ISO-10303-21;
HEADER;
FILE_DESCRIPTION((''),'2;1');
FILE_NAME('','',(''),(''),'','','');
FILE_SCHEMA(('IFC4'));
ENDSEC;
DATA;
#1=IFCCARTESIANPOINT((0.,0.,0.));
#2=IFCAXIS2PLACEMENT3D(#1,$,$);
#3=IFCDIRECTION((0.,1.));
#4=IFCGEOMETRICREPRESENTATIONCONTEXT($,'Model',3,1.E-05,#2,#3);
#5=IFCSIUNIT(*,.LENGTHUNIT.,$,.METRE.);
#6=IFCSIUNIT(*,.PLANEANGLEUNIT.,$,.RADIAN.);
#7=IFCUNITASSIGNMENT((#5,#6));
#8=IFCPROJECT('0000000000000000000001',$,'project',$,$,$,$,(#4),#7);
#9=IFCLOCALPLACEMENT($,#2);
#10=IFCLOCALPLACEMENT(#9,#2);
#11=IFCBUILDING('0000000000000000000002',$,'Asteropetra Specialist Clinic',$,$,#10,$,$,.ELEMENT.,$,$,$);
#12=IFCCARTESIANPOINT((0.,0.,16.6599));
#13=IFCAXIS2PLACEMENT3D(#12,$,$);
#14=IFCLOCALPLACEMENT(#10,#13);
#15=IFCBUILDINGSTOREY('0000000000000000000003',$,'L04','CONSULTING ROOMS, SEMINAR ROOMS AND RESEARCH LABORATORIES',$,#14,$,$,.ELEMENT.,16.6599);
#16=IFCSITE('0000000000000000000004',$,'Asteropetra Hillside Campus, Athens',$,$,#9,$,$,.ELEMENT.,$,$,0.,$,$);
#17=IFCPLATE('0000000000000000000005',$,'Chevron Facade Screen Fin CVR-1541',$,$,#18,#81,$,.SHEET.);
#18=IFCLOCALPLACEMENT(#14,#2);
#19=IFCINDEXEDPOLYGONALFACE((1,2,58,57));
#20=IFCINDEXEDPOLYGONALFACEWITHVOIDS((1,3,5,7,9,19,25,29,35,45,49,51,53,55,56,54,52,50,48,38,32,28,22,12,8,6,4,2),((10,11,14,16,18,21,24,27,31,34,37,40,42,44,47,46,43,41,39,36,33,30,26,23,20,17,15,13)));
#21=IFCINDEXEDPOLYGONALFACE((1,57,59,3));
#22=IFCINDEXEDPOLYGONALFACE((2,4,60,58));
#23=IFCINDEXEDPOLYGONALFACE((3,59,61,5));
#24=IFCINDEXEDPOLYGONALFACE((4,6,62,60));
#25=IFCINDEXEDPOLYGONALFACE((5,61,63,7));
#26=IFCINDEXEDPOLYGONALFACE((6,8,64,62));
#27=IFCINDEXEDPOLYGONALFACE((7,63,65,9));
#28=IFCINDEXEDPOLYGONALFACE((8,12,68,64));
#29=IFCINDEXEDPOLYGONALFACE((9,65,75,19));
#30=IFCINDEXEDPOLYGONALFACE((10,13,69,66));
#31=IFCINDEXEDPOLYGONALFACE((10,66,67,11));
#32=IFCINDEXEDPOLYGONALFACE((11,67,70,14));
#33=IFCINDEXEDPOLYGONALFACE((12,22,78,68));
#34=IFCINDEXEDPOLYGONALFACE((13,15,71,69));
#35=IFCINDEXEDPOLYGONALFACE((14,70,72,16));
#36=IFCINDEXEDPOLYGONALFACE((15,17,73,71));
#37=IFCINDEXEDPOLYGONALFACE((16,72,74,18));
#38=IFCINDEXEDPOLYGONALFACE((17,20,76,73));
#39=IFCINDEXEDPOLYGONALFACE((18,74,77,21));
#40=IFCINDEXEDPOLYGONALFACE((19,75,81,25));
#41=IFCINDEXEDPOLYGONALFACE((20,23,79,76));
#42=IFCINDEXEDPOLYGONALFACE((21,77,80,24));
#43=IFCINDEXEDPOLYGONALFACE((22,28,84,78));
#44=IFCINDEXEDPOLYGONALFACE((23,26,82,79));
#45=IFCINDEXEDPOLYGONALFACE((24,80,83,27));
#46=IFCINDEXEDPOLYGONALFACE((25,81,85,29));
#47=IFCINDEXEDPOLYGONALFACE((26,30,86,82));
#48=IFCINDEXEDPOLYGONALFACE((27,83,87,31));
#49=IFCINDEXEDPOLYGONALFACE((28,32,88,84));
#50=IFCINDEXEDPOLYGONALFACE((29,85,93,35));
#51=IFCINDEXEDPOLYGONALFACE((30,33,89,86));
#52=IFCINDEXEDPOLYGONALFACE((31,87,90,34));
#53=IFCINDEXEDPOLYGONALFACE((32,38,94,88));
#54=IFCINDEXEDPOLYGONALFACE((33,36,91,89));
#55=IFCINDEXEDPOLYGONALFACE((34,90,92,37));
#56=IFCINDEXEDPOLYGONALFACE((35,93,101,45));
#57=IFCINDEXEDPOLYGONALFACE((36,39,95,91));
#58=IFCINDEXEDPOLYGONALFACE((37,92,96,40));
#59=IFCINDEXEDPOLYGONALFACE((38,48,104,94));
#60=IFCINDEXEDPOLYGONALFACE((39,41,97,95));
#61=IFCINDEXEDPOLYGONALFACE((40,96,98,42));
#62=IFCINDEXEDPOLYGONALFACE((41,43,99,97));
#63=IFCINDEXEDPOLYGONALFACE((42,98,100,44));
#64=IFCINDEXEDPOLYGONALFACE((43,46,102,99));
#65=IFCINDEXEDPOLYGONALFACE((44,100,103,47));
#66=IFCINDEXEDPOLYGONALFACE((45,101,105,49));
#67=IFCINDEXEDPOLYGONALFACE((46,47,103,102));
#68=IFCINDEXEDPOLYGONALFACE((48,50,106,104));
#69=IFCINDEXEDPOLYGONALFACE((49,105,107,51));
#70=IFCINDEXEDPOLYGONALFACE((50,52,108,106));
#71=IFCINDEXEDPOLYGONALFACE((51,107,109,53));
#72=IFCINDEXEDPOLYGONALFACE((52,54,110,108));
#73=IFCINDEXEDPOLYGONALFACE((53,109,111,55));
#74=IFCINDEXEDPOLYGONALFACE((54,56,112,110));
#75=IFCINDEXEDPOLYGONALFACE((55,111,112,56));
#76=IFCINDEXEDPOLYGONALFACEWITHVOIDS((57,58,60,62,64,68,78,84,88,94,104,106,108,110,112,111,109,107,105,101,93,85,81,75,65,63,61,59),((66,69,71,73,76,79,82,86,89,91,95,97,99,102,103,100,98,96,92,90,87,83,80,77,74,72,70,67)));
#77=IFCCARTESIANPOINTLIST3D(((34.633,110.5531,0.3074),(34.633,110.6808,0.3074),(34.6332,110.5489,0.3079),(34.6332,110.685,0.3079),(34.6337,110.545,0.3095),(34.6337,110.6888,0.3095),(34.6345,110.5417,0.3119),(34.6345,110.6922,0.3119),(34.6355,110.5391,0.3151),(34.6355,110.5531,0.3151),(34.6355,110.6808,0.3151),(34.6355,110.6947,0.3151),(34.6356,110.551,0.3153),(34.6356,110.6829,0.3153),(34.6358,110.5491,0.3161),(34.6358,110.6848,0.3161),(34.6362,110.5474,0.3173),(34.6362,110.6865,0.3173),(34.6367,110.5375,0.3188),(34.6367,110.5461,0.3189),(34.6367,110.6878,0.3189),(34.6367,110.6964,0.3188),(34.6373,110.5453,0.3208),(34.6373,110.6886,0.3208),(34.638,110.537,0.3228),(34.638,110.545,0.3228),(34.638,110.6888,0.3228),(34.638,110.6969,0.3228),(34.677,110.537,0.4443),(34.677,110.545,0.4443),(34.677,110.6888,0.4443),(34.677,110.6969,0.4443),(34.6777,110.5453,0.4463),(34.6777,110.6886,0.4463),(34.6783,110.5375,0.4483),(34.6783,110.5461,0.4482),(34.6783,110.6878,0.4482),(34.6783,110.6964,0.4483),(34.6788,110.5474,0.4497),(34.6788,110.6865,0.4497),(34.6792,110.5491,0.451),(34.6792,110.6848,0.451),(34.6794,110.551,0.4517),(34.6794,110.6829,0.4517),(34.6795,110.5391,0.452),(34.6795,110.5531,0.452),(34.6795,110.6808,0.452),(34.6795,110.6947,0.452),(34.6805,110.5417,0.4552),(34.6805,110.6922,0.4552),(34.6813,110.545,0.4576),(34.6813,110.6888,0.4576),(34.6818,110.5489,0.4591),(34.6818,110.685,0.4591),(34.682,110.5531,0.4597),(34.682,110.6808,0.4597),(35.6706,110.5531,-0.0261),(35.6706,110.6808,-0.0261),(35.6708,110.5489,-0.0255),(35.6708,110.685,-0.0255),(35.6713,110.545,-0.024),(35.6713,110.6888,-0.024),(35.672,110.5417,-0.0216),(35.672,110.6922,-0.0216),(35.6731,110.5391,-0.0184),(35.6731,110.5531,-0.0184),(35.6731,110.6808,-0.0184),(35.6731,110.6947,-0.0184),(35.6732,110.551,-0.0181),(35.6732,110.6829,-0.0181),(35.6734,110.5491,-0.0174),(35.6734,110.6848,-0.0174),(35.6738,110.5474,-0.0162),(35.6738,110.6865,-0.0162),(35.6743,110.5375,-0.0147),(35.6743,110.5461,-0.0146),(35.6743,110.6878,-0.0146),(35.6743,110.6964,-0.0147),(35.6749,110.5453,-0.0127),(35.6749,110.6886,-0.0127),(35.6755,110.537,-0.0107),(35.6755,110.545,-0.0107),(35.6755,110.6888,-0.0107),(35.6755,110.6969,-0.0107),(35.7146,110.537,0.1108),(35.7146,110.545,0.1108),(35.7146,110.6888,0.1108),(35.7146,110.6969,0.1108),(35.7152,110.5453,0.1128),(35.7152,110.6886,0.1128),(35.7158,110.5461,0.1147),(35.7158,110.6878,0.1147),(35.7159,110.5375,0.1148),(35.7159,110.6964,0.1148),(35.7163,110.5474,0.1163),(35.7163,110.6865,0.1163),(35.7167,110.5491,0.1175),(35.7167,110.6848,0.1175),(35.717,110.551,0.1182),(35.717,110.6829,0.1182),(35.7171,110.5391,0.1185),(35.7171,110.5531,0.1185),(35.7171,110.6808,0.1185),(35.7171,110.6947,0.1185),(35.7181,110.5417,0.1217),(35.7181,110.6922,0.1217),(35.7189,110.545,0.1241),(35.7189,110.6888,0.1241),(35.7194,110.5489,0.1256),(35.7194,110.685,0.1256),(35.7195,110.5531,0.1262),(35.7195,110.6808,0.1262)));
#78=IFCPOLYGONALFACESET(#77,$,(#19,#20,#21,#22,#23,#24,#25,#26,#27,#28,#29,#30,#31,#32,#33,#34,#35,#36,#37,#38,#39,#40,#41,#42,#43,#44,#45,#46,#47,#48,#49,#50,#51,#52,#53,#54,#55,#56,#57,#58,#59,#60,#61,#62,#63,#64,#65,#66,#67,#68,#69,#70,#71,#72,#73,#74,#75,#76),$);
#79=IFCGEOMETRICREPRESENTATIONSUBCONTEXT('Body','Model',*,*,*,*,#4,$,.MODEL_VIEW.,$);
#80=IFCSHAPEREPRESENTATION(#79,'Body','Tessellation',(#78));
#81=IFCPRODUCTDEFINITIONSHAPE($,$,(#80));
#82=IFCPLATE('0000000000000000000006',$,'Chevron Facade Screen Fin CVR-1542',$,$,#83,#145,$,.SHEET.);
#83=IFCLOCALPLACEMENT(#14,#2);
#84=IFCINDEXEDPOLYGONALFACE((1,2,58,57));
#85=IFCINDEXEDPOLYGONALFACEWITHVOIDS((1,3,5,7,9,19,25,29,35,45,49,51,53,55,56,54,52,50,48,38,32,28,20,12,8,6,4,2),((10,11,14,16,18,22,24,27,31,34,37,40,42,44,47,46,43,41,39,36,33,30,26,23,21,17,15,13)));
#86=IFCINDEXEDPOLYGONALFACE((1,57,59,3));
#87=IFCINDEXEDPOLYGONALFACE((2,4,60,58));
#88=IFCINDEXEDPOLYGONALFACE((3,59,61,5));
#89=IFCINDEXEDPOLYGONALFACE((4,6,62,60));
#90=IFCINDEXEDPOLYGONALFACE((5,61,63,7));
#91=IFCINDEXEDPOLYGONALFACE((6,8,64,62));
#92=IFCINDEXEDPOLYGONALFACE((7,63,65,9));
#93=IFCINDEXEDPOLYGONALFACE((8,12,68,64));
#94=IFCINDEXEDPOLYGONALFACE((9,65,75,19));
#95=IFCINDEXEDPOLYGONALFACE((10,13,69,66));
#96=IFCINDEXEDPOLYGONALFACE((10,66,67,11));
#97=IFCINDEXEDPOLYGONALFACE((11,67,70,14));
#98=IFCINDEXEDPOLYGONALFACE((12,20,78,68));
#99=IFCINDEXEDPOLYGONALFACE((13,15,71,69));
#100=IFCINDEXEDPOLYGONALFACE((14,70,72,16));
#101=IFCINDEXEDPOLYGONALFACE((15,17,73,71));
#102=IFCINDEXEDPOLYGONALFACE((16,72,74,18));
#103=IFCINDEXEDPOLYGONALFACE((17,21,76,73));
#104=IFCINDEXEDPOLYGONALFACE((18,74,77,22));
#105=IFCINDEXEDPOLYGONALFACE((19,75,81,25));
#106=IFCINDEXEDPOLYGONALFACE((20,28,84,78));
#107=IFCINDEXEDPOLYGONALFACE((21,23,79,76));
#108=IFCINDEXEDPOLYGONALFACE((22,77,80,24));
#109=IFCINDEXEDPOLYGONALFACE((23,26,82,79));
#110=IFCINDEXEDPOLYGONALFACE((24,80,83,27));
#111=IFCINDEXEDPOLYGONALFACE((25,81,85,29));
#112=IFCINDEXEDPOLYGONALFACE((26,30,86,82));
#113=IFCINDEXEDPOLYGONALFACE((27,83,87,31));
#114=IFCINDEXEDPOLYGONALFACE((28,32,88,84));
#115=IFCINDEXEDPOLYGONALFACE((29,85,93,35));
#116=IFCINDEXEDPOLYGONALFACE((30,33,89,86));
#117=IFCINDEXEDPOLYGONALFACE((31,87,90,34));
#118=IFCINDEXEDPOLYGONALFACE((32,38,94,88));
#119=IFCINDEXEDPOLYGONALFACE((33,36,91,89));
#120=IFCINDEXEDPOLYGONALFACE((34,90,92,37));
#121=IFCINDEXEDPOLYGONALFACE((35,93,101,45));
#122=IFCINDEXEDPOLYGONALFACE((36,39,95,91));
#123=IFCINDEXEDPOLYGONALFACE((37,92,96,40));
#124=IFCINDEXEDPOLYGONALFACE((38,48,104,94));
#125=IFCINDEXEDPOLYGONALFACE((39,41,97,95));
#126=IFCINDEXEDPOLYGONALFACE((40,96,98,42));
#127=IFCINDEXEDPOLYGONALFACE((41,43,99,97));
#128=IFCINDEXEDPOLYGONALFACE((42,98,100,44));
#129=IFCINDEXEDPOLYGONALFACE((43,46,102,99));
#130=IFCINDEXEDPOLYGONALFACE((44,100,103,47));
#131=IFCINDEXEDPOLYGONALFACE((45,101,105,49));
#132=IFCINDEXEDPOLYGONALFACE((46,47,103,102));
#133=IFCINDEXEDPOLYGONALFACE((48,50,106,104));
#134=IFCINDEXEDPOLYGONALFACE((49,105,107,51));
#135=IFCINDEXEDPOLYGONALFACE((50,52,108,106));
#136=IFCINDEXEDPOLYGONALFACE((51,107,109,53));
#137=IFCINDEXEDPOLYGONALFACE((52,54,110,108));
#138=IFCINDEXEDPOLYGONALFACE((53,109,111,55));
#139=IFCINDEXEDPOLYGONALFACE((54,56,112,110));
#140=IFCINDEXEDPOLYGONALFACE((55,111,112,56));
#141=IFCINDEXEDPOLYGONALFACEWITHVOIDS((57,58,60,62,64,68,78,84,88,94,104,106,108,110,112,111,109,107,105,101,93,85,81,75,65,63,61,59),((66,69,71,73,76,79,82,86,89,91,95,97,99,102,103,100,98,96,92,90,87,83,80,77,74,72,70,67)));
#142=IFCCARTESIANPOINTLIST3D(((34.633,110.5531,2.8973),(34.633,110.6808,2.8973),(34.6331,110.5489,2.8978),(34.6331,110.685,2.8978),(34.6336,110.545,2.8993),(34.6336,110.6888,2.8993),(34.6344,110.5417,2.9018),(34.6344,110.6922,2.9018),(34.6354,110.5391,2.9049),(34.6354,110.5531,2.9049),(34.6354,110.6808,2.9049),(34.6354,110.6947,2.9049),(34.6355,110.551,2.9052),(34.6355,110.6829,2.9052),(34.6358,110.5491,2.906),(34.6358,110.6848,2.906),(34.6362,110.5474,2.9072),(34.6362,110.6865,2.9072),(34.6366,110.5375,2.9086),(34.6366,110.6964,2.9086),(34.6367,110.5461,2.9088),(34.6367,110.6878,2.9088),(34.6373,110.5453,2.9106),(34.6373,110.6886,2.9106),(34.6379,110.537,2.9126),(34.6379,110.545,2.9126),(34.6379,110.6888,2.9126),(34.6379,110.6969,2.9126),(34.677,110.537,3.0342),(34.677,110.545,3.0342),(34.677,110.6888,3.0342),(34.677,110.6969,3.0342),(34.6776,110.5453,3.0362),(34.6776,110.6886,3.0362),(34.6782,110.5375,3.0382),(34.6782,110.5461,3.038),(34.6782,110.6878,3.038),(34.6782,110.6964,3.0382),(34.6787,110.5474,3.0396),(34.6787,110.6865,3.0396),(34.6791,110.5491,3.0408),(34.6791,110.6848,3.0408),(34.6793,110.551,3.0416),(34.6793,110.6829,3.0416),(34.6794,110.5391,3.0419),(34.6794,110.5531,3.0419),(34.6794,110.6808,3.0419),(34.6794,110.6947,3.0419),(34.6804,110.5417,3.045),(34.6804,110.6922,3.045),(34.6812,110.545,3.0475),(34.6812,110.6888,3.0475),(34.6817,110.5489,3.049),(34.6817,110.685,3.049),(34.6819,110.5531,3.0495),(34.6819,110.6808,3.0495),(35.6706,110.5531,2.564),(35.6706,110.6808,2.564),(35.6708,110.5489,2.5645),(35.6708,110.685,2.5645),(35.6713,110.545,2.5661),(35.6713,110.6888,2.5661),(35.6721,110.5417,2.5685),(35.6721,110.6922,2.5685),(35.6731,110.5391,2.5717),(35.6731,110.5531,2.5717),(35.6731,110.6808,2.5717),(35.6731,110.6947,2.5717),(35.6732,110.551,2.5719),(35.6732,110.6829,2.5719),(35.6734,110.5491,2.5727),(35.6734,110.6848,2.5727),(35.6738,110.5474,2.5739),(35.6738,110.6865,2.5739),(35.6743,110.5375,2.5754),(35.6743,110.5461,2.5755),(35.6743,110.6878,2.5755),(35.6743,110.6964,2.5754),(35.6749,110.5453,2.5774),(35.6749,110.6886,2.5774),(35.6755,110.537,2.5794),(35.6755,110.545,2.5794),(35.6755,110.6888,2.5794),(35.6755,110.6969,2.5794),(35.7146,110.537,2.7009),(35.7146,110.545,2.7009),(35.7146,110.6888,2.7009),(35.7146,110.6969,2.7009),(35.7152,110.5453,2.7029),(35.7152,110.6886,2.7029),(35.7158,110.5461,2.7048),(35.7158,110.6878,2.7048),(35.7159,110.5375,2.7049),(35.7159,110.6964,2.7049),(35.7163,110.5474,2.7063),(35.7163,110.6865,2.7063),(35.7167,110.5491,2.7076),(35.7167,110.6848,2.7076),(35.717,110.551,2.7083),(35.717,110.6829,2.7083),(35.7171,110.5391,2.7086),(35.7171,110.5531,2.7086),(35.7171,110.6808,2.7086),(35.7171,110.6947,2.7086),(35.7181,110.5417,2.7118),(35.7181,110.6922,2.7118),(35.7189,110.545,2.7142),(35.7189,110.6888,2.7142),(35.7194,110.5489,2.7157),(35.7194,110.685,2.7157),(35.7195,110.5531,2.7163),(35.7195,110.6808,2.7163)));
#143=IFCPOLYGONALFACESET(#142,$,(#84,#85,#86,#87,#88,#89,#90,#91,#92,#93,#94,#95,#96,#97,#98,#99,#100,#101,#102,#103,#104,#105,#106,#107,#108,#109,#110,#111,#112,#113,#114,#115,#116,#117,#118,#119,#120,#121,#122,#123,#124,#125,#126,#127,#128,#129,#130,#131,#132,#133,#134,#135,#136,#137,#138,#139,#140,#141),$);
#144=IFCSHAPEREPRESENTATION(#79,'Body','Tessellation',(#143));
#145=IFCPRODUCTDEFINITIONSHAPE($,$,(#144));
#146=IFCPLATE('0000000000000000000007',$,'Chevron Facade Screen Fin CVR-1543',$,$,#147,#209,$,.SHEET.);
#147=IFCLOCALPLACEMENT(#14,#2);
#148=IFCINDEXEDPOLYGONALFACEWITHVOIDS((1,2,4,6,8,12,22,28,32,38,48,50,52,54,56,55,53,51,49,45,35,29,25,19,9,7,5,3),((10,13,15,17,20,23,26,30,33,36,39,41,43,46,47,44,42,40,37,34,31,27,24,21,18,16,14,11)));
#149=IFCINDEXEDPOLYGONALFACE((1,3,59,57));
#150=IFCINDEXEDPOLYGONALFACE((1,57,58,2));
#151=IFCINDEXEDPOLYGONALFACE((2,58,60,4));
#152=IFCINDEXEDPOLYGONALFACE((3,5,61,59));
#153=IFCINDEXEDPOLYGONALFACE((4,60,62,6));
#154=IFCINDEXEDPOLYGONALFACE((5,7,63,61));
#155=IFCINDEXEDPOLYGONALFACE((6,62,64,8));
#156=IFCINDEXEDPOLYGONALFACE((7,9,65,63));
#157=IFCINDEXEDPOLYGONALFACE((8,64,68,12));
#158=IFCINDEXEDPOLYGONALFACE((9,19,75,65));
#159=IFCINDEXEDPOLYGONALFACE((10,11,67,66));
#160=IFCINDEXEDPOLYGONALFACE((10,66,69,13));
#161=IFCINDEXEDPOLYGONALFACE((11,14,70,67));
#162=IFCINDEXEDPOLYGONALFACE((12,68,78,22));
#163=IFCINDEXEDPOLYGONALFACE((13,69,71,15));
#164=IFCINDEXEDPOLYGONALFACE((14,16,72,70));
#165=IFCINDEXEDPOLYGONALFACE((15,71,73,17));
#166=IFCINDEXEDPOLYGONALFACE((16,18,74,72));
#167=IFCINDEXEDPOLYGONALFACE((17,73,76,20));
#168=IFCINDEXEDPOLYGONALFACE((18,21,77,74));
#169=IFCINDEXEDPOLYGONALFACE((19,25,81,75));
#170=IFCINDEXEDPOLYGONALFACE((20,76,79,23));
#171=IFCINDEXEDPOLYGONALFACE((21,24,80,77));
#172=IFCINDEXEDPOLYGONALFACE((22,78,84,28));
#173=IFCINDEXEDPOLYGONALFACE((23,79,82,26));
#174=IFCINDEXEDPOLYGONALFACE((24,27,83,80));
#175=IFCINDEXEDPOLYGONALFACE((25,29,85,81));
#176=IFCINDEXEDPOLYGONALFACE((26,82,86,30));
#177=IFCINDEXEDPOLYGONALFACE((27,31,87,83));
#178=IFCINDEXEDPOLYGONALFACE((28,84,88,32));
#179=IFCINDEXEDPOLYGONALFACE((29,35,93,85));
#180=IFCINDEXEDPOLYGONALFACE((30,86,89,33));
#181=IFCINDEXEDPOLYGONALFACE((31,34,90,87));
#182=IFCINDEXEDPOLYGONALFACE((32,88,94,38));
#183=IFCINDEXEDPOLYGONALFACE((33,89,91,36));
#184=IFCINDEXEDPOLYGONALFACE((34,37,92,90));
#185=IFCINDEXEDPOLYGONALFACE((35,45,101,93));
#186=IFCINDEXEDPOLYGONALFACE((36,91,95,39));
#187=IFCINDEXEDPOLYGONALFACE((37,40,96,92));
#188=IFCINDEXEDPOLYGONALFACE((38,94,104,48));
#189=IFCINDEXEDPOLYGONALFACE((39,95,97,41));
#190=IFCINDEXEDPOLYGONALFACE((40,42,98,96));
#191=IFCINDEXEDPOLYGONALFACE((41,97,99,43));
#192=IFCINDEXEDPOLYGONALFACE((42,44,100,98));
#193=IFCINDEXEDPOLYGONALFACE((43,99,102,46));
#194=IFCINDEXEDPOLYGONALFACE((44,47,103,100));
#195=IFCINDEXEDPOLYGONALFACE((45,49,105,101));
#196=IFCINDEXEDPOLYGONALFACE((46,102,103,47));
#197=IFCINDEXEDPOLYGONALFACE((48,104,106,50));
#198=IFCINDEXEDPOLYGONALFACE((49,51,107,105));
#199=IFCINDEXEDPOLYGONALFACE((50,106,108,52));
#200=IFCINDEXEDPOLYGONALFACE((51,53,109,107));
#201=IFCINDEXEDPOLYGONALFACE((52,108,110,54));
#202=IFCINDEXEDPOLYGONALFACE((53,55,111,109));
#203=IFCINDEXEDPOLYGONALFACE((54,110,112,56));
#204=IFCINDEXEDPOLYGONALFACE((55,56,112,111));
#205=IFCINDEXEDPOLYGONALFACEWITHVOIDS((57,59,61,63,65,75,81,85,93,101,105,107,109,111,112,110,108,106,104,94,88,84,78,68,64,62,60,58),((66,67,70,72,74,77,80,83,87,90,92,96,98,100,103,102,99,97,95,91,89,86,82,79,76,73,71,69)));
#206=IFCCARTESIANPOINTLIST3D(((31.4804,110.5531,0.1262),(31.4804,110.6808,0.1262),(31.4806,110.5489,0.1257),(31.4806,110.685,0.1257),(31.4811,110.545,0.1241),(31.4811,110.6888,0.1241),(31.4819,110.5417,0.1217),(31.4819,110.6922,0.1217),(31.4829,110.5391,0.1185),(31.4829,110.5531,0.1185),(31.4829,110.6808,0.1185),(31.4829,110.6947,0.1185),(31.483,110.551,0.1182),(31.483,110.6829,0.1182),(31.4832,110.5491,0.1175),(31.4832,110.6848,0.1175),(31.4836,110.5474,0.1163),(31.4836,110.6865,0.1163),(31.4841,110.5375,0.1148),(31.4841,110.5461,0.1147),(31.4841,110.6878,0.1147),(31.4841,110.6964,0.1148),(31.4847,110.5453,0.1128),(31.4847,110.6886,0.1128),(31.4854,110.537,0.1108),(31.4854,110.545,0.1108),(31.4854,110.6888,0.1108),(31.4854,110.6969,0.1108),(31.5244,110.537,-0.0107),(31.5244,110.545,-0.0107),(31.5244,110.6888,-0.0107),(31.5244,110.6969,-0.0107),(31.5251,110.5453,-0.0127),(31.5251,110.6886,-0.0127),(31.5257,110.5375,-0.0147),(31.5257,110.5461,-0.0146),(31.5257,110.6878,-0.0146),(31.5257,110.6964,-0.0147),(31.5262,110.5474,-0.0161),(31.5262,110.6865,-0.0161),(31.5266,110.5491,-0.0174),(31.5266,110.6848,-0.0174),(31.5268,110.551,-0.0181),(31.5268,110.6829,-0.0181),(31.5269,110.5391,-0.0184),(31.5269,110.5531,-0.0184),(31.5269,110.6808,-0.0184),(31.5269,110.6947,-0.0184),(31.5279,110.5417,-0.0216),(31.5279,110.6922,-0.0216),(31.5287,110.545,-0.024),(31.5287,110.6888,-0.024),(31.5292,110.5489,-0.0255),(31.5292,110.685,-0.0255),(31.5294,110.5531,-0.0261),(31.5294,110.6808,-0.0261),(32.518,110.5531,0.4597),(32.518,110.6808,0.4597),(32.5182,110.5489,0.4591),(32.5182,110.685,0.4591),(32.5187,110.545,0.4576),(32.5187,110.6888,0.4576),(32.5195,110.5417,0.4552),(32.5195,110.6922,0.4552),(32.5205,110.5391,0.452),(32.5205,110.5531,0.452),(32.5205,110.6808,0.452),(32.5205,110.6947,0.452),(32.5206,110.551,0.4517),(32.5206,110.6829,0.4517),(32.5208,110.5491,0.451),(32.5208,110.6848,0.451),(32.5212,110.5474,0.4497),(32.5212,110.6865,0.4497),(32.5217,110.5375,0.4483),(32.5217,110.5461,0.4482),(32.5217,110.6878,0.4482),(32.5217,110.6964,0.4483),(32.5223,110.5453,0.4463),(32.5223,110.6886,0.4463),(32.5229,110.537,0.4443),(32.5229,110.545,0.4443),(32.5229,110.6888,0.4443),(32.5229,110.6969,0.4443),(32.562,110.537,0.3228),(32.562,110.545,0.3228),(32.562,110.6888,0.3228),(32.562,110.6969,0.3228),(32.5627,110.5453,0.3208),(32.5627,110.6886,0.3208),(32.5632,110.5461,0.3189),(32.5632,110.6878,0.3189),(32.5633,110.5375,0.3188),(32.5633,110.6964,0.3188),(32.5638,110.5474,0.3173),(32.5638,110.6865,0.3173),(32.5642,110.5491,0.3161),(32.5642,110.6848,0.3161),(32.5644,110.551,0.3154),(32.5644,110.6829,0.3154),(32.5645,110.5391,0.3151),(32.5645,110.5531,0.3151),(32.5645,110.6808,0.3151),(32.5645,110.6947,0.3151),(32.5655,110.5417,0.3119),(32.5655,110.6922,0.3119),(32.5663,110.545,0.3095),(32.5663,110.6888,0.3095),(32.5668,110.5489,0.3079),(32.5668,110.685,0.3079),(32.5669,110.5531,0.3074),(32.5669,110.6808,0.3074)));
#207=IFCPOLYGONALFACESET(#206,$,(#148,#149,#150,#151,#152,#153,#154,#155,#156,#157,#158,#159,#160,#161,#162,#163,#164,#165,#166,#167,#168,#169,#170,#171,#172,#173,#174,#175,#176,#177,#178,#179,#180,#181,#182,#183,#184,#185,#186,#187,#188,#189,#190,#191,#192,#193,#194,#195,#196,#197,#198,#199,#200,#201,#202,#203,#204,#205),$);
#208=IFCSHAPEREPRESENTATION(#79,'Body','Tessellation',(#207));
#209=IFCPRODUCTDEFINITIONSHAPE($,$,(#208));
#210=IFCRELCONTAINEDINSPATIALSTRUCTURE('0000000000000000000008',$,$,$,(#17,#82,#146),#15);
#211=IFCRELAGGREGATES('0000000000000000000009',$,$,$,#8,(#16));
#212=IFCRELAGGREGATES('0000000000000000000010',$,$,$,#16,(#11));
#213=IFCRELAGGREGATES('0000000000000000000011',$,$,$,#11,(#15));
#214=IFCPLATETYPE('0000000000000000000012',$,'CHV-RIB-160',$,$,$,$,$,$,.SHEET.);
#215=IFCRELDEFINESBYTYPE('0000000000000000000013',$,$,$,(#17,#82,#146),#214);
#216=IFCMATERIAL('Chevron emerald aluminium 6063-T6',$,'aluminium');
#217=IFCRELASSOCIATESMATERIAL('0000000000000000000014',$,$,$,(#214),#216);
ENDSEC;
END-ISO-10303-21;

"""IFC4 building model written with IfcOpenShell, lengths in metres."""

from ifc_helpers import new_model, si_unit, direction, frame, origin, origin_2d, place, context, subcontext, project, spatial, hollow_rectangle, extrude, material, material_profile, profile_set, type_object, element, save


model = new_model("IFC4")

# Units and contexts
model_context = context("Model", 3, precision=1e-05, world=origin(), true_north=direction((0.0, 1.0)))
body_context = subcontext(model_context, "Body", "Model", "MODEL_VIEW")
ifc_project = project(units=[si_unit("LENGTHUNIT", "METRE"), si_unit("PLANEANGLEUNIT", "RADIAN")], contexts=[model_context])

# Site, building, storey
site_placement = place(None, origin())
site = spatial("IfcSite", under=ifc_project, at=site_placement, Name="Asteropetra Hillside Campus, Athens", CompositionType="ELEMENT", RefElevation=0.0)
building_placement = place(site_placement, origin())
building = spatial("IfcBuilding", under=site, at=building_placement, Name="Asteropetra Specialist Clinic", CompositionType="ELEMENT")
storey_placement = place(building_placement, frame((0.0, 0.0, 16.6599)))
storey = spatial("IfcBuildingStorey", under=building, at=storey_placement, Name="L04", Description="CONSULTING ROOMS, SEMINAR ROOMS AND RESEARCH LABORATORIES", CompositionType="ELEMENT", Elevation=16.6599)

# Plates
ifc_material_1 = material(Name="Chevron emerald aluminium 6063-T6", Category="aluminium")
ifc_material_profile = material_profile(ifc_material_1, hollow_rectangle(XDim=0.1599, YDim=0.1599, WallThickness=0.0081, InnerFilletRadius=0.0081, OuterFilletRadius=0.0161, at=origin_2d()), Name="SHS 160x160x8.0")
ifc_profile_set = profile_set([ifc_material_profile], Name="Chevron emerald aluminium 6063-T6")
plate_type_1 = type_object("IfcPlateType", Name="CHV-RIB-160", PredefinedType="SHEET", material=ifc_profile_set)
for number, where, z_axis, x_axis, name in (
    (1, (35.6951, 110.6169, 0.05), (-0.952033, 0.0, 0.305995), (0.0, -1.0, 0.0), "Chevron Facade Screen Fin CVR-1541"),
    (2, (35.6951, 110.6169, 2.6401), (-0.952098, 0.0, 0.305792), (0.0, -1.0, 0.0), "Chevron Facade Screen Fin CVR-1542"),
    (3, (32.5425, 110.6169, 0.3835), (-0.952033, 0.0, -0.305995), (0.0, -1.0, 0.0), "Chevron Facade Screen Fin CVR-1543"),
):
    element("IfcPlate", number, at=place(storey_placement, frame(where, z_axis=z_axis, x_axis=x_axis)), inside=storey, type_object=plate_type_1, Name=name, PredefinedType="SHEET", context=body_context, shape_type="SweptSolid", body=[
        extrude(hollow_rectangle(XDim=0.1599, YDim=0.1599, WallThickness=0.0081, InnerFilletRadius=0.0081, OuterFilletRadius=0.0161, at=origin_2d()), origin(), (0.0, 0.0, 1.0), 1.0898),
    ])

save(model, "model.ifc")
